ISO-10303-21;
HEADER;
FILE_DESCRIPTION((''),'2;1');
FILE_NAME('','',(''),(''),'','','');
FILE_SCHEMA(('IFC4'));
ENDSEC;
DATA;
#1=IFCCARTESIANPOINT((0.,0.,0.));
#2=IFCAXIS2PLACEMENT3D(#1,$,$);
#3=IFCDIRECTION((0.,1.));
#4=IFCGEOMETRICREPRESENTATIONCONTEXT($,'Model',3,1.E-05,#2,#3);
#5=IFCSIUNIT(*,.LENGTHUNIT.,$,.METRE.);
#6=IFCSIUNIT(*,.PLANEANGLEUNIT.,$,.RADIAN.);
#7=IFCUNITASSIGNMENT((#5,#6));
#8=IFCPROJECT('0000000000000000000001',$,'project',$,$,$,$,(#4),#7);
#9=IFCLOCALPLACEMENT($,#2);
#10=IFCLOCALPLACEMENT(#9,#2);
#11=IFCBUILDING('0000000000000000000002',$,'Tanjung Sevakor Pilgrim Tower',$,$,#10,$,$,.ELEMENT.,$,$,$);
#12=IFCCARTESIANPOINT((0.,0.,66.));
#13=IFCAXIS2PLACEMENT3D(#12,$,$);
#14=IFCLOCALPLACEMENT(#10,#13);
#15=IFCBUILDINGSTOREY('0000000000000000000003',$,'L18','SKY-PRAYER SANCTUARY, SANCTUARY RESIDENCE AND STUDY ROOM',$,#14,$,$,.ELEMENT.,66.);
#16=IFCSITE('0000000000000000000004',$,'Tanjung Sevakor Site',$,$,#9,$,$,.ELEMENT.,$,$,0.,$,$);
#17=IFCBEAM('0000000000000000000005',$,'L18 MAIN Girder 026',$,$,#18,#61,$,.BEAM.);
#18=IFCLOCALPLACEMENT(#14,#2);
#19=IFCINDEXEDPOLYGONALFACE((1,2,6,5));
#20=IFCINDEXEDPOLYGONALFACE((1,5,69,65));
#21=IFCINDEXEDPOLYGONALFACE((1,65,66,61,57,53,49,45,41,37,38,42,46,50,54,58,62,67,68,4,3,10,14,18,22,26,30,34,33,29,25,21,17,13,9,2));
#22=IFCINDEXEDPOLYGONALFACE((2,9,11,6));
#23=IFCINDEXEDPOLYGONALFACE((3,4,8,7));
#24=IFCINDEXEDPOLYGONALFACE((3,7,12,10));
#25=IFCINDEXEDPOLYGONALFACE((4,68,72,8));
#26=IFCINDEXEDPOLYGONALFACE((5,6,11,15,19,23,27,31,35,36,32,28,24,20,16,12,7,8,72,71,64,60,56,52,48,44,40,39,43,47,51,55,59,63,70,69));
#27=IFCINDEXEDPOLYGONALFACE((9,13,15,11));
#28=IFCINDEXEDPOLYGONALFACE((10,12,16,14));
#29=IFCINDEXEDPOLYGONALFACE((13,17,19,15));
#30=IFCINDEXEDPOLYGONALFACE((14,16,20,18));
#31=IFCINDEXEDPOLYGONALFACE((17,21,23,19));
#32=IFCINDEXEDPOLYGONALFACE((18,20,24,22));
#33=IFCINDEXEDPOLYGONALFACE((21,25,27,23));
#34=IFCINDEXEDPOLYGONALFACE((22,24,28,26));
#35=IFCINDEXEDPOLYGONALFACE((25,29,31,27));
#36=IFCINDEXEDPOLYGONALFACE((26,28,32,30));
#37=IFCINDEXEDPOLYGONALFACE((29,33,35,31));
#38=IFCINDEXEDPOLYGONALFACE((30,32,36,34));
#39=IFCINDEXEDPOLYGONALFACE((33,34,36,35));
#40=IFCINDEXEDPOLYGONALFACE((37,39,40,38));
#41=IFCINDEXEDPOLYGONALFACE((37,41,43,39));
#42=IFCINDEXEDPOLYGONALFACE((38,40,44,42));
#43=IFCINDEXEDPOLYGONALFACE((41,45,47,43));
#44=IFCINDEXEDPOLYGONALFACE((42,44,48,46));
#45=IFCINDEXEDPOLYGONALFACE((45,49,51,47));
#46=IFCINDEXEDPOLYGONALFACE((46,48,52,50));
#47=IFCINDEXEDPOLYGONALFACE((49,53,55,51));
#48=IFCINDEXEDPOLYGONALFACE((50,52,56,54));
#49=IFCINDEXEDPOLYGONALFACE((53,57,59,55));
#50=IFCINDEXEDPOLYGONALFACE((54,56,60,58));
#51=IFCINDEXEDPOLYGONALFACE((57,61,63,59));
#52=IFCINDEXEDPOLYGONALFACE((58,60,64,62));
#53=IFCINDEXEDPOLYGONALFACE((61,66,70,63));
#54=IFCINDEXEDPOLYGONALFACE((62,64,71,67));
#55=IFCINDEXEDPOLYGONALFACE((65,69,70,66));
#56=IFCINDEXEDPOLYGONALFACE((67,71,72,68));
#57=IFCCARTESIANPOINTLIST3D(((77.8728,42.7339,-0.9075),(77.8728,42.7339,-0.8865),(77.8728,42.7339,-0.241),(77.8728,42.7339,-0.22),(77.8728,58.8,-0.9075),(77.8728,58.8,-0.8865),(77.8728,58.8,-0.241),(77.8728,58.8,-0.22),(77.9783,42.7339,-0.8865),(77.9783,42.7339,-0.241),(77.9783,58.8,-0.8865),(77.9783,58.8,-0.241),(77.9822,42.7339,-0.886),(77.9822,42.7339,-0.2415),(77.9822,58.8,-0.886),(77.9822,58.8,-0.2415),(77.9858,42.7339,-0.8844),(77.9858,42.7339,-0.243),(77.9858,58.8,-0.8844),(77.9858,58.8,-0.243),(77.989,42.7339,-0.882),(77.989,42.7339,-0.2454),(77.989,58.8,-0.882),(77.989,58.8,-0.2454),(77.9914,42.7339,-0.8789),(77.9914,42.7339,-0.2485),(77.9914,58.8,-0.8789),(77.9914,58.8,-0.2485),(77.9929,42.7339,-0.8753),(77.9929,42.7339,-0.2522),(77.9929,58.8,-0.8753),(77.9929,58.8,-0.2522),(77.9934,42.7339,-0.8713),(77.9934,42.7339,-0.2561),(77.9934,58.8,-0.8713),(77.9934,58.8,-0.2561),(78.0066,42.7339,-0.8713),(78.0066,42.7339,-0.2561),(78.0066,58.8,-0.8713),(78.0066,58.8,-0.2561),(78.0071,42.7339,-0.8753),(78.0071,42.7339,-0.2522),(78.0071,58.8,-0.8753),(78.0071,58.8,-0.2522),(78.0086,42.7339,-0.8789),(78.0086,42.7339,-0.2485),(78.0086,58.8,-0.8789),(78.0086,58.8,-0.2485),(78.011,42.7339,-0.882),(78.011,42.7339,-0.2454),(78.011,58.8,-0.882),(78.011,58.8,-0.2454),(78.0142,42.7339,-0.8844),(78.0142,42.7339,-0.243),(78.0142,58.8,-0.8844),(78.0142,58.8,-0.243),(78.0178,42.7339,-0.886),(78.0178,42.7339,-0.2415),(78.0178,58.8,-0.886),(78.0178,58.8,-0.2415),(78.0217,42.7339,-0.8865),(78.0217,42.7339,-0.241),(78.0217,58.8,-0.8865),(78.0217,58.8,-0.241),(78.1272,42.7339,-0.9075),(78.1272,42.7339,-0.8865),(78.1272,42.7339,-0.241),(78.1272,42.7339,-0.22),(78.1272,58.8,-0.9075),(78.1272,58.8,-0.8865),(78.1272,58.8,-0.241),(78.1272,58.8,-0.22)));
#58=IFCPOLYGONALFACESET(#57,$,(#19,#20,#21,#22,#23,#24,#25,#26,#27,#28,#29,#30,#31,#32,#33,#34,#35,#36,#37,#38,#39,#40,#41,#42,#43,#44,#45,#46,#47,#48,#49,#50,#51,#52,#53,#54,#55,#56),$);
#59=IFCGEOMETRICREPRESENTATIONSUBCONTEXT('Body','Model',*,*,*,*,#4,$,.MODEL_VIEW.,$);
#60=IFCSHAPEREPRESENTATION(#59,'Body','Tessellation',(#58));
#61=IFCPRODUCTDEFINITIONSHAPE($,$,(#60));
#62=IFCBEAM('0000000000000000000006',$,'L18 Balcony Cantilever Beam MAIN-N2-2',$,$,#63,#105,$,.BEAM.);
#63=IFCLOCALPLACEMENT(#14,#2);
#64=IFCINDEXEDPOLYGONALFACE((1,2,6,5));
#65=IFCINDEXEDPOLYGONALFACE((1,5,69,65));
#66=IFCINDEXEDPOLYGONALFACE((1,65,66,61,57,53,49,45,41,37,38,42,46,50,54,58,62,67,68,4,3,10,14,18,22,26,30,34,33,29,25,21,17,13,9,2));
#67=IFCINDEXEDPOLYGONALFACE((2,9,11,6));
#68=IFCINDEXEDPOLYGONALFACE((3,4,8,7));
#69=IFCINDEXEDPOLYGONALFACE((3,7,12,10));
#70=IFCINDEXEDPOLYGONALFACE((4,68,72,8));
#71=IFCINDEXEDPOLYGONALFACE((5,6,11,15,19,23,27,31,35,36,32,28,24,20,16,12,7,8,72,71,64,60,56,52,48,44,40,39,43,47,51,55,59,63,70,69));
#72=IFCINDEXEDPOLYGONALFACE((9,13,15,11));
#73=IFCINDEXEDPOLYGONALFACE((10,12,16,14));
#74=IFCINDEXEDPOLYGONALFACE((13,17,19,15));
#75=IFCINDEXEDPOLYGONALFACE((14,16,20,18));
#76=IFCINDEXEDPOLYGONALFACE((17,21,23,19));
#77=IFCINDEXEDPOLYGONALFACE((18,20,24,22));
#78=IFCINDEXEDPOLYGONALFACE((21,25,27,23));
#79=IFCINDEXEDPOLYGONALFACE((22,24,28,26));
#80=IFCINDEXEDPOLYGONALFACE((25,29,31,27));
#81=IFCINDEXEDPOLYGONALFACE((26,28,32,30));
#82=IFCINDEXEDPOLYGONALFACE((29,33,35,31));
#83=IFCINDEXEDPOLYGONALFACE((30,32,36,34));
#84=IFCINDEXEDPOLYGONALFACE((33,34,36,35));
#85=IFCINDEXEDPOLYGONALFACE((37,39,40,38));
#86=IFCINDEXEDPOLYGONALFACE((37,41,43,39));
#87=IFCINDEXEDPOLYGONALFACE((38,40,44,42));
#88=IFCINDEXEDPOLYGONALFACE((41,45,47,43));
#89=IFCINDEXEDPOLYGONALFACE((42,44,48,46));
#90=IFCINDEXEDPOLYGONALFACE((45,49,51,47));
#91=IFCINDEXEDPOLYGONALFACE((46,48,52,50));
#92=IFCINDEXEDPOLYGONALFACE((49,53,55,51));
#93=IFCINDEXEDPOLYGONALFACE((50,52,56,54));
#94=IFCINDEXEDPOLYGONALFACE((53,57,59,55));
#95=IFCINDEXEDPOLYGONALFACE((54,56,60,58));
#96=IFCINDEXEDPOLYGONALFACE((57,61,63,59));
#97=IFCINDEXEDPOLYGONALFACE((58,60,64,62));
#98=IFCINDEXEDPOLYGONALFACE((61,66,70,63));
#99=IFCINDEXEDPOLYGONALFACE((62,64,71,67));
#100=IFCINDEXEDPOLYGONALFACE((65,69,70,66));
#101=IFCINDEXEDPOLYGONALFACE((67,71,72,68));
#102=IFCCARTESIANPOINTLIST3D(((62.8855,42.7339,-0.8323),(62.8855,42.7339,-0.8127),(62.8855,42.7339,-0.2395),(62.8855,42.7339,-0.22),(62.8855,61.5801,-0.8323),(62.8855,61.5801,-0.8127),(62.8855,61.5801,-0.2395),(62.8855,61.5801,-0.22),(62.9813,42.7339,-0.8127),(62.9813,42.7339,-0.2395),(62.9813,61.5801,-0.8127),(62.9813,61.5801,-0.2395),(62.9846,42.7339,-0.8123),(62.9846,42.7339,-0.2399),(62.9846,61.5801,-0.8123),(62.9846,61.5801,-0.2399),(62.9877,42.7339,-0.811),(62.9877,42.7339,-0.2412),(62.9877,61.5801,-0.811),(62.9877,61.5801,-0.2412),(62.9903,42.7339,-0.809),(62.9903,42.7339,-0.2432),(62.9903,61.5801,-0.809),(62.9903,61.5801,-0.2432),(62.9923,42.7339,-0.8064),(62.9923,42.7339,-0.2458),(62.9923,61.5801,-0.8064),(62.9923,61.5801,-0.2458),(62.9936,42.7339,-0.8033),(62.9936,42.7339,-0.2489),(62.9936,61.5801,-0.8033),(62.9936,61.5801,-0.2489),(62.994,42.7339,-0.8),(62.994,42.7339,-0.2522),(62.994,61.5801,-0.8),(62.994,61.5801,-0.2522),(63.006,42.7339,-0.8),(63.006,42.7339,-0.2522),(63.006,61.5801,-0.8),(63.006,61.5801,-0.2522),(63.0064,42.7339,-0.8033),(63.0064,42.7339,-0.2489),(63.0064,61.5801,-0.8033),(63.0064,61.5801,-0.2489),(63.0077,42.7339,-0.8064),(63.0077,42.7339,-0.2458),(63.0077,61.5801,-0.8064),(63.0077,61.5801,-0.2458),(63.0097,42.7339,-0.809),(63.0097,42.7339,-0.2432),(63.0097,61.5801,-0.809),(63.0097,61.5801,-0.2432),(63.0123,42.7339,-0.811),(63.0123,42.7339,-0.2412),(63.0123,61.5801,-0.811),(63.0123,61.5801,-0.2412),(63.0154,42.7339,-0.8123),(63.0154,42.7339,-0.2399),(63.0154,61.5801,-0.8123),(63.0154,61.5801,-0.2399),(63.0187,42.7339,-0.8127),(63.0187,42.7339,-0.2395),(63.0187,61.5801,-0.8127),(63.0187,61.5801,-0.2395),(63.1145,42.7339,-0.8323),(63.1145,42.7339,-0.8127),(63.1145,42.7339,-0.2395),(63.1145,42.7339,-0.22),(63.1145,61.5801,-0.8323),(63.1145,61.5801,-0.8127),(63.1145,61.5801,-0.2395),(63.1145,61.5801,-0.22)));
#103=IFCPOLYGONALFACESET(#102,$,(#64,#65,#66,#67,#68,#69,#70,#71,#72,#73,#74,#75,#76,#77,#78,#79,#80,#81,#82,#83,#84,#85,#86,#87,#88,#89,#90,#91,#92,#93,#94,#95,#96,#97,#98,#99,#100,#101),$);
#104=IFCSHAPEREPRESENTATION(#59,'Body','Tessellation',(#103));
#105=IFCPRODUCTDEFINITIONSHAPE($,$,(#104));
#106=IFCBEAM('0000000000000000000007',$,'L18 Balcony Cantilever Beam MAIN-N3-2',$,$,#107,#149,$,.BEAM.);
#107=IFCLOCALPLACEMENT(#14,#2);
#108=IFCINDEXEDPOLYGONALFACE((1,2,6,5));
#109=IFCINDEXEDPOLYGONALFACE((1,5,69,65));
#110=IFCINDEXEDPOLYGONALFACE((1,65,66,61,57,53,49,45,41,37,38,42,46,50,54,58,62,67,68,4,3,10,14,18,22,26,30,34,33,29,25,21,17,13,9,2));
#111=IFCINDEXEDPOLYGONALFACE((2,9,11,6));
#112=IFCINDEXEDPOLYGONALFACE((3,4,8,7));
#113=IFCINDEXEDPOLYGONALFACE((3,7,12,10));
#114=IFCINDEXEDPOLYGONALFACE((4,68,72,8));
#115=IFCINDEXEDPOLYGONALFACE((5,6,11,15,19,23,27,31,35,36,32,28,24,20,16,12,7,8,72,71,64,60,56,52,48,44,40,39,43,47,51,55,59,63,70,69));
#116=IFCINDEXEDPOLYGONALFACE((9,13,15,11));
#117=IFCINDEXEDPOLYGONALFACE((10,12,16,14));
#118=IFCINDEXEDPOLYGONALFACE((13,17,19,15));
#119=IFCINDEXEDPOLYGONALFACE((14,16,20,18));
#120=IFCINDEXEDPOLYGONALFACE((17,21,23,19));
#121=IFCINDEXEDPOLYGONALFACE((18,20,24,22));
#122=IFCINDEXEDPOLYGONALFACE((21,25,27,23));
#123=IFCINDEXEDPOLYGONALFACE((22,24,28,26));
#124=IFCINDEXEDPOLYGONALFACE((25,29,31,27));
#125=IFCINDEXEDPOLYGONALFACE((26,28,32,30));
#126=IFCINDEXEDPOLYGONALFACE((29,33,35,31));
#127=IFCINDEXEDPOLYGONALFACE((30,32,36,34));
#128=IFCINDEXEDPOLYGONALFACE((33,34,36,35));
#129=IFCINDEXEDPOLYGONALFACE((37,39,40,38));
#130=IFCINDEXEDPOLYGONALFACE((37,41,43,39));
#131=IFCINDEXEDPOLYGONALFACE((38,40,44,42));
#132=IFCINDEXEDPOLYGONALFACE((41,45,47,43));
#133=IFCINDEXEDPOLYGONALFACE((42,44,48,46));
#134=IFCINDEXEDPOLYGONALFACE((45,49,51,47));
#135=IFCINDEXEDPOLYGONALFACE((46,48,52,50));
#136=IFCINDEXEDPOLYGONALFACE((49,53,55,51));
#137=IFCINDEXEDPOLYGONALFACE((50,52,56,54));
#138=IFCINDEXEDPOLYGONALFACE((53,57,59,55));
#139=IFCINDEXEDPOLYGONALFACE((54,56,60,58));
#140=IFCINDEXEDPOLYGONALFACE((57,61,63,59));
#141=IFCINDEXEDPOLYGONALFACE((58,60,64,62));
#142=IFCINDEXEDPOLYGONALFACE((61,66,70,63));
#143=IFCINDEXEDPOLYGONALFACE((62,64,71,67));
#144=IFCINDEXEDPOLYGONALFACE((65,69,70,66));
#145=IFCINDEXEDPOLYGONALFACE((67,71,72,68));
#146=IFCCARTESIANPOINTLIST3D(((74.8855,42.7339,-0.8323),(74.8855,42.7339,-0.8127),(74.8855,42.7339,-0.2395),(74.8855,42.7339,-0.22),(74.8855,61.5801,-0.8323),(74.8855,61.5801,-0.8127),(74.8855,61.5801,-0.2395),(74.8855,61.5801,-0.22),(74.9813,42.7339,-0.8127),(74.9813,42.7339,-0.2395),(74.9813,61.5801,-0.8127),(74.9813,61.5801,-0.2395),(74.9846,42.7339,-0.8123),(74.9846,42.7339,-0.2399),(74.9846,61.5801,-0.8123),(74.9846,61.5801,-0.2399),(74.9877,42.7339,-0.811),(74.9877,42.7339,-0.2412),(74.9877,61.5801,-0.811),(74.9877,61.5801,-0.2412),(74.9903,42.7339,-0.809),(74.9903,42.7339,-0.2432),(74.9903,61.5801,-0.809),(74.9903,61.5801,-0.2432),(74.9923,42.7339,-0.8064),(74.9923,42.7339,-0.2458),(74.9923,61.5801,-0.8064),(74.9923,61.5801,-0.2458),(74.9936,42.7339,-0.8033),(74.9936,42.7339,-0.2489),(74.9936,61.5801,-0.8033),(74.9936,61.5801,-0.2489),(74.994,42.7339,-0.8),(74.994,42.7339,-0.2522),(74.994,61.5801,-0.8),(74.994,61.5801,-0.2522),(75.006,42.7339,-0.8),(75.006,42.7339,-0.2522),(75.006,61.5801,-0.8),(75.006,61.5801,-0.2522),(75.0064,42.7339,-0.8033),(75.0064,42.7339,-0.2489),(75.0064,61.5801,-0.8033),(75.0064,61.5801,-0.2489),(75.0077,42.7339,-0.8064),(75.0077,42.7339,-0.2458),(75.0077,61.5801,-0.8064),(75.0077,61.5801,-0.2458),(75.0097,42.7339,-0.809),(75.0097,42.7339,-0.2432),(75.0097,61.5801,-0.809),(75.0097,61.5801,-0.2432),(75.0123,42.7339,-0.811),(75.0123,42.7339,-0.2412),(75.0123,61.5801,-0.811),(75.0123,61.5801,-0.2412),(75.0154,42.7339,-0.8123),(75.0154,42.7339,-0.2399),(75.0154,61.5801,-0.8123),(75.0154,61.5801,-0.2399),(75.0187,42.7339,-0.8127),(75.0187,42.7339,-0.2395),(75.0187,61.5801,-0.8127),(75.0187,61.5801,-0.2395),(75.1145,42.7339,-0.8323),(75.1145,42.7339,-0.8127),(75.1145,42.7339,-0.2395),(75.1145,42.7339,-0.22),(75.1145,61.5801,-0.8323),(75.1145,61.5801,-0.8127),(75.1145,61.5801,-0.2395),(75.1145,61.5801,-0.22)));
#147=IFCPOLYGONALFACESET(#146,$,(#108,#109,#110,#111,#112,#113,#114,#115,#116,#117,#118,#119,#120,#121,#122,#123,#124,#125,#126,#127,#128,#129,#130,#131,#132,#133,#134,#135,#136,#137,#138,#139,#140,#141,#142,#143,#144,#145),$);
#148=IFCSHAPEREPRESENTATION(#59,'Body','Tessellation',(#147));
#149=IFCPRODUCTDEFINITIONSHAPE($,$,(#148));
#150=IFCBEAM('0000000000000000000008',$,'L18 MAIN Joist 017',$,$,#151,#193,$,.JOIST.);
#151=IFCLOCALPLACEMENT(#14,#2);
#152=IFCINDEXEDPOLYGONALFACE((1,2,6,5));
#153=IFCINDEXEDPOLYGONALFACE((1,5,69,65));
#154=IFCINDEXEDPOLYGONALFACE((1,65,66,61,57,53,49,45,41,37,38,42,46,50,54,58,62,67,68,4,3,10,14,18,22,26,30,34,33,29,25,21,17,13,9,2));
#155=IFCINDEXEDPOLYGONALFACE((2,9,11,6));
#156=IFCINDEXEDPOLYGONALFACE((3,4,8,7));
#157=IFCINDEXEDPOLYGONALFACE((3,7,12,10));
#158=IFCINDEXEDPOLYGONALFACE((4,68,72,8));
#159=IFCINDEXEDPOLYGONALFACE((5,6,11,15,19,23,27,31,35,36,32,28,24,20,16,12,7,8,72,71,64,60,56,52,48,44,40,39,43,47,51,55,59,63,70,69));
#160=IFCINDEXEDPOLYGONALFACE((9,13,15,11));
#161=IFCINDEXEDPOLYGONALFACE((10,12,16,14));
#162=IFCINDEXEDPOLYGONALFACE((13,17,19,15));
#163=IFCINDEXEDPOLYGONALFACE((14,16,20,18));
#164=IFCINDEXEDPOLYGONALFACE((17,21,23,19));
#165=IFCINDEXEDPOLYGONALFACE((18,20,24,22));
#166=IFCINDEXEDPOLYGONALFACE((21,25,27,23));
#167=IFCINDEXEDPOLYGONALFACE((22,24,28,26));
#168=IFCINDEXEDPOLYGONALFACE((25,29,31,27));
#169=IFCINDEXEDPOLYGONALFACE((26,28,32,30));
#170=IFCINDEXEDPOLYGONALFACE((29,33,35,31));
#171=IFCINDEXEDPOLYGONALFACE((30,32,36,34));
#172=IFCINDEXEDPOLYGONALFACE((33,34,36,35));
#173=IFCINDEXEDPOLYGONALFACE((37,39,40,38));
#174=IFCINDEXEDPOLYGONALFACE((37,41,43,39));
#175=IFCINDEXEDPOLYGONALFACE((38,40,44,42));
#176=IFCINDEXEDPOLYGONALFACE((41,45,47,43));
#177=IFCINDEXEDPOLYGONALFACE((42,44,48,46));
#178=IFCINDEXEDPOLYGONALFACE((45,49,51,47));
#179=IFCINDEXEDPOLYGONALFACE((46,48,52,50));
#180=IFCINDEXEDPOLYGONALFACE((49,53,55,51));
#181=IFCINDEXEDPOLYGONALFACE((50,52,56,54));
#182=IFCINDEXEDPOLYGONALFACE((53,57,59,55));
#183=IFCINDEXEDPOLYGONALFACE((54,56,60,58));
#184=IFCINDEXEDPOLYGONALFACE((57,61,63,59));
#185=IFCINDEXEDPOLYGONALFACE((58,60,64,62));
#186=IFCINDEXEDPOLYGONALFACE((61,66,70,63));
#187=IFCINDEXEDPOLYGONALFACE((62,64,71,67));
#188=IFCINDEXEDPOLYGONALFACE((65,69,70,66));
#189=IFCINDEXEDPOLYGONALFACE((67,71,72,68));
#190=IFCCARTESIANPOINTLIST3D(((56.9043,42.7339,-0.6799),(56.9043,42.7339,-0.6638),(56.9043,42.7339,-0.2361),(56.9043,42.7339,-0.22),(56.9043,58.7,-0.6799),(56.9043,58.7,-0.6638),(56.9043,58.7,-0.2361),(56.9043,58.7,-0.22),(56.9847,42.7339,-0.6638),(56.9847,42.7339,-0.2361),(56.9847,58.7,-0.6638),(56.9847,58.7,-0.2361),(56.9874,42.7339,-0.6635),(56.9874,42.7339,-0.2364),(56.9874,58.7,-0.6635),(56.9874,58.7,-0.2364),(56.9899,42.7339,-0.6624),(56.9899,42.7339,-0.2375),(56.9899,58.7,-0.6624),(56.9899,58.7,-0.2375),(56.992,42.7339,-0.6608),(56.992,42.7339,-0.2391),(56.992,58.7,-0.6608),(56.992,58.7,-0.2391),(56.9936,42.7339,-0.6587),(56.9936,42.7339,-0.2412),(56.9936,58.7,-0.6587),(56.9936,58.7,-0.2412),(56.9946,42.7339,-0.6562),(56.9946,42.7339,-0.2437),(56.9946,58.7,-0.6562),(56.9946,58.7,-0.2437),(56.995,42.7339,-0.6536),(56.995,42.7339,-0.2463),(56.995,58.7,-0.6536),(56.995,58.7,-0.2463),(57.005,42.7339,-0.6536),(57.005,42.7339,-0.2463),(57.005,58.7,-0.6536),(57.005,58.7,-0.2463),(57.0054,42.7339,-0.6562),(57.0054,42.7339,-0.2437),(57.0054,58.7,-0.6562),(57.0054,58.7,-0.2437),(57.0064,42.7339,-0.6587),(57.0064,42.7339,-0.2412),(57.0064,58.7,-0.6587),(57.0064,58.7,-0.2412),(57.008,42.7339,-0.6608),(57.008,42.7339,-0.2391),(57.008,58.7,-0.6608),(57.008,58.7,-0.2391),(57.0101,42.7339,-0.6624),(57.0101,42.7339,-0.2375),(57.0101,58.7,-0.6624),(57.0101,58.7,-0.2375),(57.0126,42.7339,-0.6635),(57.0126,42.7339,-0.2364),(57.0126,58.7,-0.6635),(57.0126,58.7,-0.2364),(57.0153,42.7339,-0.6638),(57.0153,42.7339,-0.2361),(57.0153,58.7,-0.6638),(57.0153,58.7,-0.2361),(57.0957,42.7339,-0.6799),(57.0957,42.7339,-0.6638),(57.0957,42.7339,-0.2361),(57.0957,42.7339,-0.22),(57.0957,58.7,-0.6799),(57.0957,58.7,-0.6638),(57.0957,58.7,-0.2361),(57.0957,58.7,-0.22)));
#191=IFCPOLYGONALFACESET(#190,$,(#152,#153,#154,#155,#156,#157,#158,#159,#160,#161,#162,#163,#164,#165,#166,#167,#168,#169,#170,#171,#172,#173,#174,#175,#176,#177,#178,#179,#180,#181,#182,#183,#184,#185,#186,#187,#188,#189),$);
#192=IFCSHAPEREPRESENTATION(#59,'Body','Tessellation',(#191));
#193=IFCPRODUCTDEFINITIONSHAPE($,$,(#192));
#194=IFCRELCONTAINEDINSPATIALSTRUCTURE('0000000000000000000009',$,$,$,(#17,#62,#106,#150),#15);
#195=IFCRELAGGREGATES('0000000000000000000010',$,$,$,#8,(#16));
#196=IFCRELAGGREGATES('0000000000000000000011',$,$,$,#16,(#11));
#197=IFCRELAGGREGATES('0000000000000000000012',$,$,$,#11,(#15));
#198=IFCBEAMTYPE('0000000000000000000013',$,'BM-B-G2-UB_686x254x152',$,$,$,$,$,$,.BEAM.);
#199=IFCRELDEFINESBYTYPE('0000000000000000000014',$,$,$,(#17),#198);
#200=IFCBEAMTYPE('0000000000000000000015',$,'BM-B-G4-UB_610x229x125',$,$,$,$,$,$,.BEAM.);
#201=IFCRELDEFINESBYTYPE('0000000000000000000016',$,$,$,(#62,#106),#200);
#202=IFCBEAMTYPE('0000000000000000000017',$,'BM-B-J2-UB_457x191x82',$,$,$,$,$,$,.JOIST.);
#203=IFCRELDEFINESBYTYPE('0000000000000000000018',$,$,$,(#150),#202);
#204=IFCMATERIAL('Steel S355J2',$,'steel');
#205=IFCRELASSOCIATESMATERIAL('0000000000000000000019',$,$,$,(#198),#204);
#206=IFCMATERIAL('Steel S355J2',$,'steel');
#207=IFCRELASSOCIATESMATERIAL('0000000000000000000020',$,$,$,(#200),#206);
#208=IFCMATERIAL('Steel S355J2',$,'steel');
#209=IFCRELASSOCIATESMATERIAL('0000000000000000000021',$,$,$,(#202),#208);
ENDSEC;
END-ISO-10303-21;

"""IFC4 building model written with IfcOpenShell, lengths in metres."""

from ifc_helpers import new_model, si_unit, direction, frame, origin, origin_2d, place, context, subcontext, project, spatial, i_section, extrude, material, material_profile, profile_set, type_object, element, save


model = new_model("IFC4")

# Units and contexts
model_context = context("Model", 3, precision=1e-05, world=origin(), true_north=direction((0.0, 1.0)))
body_context = subcontext(model_context, "Body", "Model", "MODEL_VIEW")
ifc_project = project(units=[si_unit("LENGTHUNIT", "METRE"), si_unit("PLANEANGLEUNIT", "RADIAN")], contexts=[model_context])

# Site, building, storey
site_placement = place(None, origin())
site = spatial("IfcSite", under=ifc_project, at=site_placement, Name="Tanjung Sevakor Site", CompositionType="ELEMENT", RefElevation=0.0)
building_placement = place(site_placement, origin())
building = spatial("IfcBuilding", under=site, at=building_placement, Name="Tanjung Sevakor Pilgrim Tower", CompositionType="ELEMENT")
storey_placement = place(building_placement, frame((0.0, 0.0, 66.0)))
storey = spatial("IfcBuildingStorey", under=building, at=storey_placement, Name="L18", Description="SKY-PRAYER SANCTUARY, SANCTUARY RESIDENCE AND STUDY ROOM", CompositionType="ELEMENT", Elevation=66.0)

# Beams
ifc_material_1 = material(Name="Steel S355J2", Category="steel")
ifc_material_profile_1 = material_profile(ifc_material_1, i_section(OverallWidth=0.2544, OverallDepth=0.6875, WebThickness=0.0132, FlangeThickness=0.021, FilletRadius=0.0151, at=origin_2d()))
ifc_profile_set_1 = profile_set([ifc_material_profile_1], Name="Steel S355J2")
beam_type_1 = type_object("IfcBeamType", Name="BM-B-G2-UB_686x254x152", PredefinedType="BEAM", material=ifc_profile_set_1)
beam_1_placement = place(storey_placement, frame((78.0, 42.7339, -0.5637), z_axis=(0.0, 1.0, 0.0), x_axis=(-1.0, 0.0, 0.0)))
element("IfcBeam", 1, at=beam_1_placement, inside=storey, type_object=beam_type_1, Name="L18 MAIN Girder 026", PredefinedType="BEAM", context=body_context, shape_type="SweptSolid", body=[
    extrude(i_section(OverallWidth=0.2544, OverallDepth=0.6875, WebThickness=0.0132, FlangeThickness=0.021, FilletRadius=0.0151, at=origin_2d()), origin(), (0.0, 0.0, 1.0), 16.0662),
])
ifc_material_2 = material(Name="Steel S355J2", Category="steel")
ifc_material_profile_2 = material_profile(ifc_material_2, i_section(OverallWidth=0.229, OverallDepth=0.6123, WebThickness=0.012, FlangeThickness=0.0195, FilletRadius=0.0127, at=origin_2d()))
ifc_profile_set_2 = profile_set([ifc_material_profile_2], Name="Steel S355J2")
beam_type_2 = type_object("IfcBeamType", Name="BM-B-G4-UB_610x229x125", PredefinedType="BEAM", material=ifc_profile_set_2)
for number, where, z_axis, x_axis, name in (
    (2, (63.0, 42.7339, -0.5261), (0.0, 1.0, 0.0), (-1.0, 0.0, 0.0), "L18 Balcony Cantilever Beam MAIN-N2-2"),
    (3, (75.0, 42.7339, -0.5261), (0.0, 1.0, 0.0), (-1.0, 0.0, 0.0), "L18 Balcony Cantilever Beam MAIN-N3-2"),
):
    element("IfcBeam", number, at=place(storey_placement, frame(where, z_axis=z_axis, x_axis=x_axis)), inside=storey, type_object=beam_type_2, Name=name, PredefinedType="BEAM", context=body_context, shape_type="SweptSolid", body=[
        extrude(i_section(OverallWidth=0.229, OverallDepth=0.6123, WebThickness=0.012, FlangeThickness=0.0195, FilletRadius=0.0127, at=origin_2d()), origin(), (0.0, 0.0, 1.0), 18.8462),
    ])
ifc_material_3 = material(Name="Steel S355J2", Category="steel")
ifc_material_profile_3 = material_profile(ifc_material_3, i_section(OverallWidth=0.1914, OverallDepth=0.46, WebThickness=0.01, FlangeThickness=0.0161, FilletRadius=0.0103, at=origin_2d()))
ifc_profile_set_3 = profile_set([ifc_material_profile_3], Name="Steel S355J2")
beam_type_3 = type_object("IfcBeamType", Name="BM-B-J2-UB_457x191x82", PredefinedType="JOIST", material=ifc_profile_set_3)
for number, where, z_axis, x_axis, name in (
    (4, (57.0, 42.7339, -0.45), (0.0, 1.0, 0.0), (-1.0, 0.0, 0.0), "L18 MAIN Joist 017"),
):
    element("IfcBeam", number, at=place(storey_placement, frame(where, z_axis=z_axis, x_axis=x_axis)), inside=storey, type_object=beam_type_3, Name=name, PredefinedType="JOIST", context=body_context, shape_type="SweptSolid", body=[
        extrude(i_section(OverallWidth=0.1914, OverallDepth=0.46, WebThickness=0.01, FlangeThickness=0.0161, FilletRadius=0.0103, at=origin_2d()), origin(), (0.0, 0.0, 1.0), 15.9661),
    ])

save(model, "model.ifc")
